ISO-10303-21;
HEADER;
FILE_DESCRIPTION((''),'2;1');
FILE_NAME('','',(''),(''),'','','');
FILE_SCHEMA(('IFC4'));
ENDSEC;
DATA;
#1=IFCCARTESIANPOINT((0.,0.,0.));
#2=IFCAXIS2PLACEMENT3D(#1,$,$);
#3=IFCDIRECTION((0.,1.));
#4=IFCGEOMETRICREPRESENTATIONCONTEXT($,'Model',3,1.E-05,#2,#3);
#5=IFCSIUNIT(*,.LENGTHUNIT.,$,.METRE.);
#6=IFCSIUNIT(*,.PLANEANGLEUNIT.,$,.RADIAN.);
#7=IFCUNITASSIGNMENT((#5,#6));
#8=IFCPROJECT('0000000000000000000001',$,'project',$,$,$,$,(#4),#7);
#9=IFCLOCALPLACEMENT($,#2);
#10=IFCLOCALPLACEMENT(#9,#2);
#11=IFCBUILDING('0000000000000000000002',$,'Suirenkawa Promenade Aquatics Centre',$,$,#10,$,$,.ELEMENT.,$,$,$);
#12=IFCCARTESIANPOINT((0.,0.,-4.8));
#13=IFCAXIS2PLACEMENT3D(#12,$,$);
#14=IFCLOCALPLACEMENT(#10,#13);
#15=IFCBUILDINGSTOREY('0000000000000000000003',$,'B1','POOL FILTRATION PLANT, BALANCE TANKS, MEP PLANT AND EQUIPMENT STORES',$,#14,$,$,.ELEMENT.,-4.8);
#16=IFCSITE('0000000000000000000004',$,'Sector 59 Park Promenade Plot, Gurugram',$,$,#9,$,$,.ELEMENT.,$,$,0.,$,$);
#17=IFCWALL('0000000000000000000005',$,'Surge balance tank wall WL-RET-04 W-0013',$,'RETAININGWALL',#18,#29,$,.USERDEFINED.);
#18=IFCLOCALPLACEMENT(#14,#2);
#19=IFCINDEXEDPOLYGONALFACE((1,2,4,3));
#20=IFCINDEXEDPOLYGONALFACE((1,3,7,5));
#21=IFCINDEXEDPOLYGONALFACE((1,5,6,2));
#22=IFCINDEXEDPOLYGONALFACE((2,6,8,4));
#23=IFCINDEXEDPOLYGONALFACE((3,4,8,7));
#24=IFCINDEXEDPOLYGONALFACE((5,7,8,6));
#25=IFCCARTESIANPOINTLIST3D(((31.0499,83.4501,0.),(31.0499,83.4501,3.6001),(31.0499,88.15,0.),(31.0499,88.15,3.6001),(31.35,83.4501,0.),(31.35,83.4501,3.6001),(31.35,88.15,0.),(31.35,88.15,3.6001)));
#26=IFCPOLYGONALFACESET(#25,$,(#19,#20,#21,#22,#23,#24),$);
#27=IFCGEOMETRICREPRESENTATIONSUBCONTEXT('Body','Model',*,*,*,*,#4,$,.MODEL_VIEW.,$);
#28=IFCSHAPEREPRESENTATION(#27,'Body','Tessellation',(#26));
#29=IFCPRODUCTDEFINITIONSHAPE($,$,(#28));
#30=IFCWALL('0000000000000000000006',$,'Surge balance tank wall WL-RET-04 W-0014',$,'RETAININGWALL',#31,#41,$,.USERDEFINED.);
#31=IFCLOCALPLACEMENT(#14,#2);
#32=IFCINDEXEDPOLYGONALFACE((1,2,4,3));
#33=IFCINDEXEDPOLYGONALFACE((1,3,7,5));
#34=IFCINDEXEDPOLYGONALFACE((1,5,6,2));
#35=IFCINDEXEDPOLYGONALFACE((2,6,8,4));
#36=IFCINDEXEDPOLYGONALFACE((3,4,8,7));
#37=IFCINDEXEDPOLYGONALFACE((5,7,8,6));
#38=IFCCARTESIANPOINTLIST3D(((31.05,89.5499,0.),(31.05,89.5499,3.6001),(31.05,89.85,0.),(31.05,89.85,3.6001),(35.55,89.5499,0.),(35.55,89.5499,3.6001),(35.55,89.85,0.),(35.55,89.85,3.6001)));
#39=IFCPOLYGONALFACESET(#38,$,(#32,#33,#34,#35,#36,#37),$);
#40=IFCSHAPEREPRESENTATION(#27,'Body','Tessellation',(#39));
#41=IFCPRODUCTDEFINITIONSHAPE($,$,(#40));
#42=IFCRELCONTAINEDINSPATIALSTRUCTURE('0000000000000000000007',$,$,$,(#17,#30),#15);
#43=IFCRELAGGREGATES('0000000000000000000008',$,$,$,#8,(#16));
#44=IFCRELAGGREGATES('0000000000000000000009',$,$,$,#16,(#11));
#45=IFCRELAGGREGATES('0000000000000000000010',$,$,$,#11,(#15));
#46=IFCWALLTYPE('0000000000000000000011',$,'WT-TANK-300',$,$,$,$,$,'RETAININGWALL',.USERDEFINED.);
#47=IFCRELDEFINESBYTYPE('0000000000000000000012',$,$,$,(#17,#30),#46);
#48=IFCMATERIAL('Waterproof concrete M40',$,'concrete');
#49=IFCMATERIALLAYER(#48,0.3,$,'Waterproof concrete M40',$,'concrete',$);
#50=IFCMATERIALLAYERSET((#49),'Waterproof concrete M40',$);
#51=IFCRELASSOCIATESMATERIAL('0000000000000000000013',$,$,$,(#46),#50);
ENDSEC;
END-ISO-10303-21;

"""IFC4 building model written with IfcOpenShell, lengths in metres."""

from ifc_helpers import new_model, si_unit, direction, frame, frame_2d, origin, place, context, subcontext, project, spatial, rectangle, extrude, material, layer, layer_set, type_object, element, save


model = new_model("IFC4")

# Units and contexts
model_context = context("Model", 3, precision=1e-05, world=origin(), true_north=direction((0.0, 1.0)))
body_context = subcontext(model_context, "Body", "Model", "MODEL_VIEW")
ifc_project = project(units=[si_unit("LENGTHUNIT", "METRE"), si_unit("PLANEANGLEUNIT", "RADIAN")], contexts=[model_context])

# Site, building, storey
site_placement = place(None, origin())
site = spatial("IfcSite", under=ifc_project, at=site_placement, Name="Sector 59 Park Promenade Plot, Gurugram", CompositionType="ELEMENT", RefElevation=0.0)
building_placement = place(site_placement, origin())
building = spatial("IfcBuilding", under=site, at=building_placement, Name="Suirenkawa Promenade Aquatics Centre", CompositionType="ELEMENT")
storey_placement = place(building_placement, frame((0.0, 0.0, -4.8)))
storey = spatial("IfcBuildingStorey", under=building, at=storey_placement, Name="B1", Description="POOL FILTRATION PLANT, BALANCE TANKS, MEP PLANT AND EQUIPMENT STORES", CompositionType="ELEMENT", Elevation=-4.8)

# Walls
ifc_material_1 = material(Name="Waterproof concrete M40", Category="concrete")
ifc_layer_1 = layer(ifc_material_1, 0.3, Name="Waterproof concrete M40", Category="concrete")
ifc_layer_set_1 = layer_set([ifc_layer_1], Name="Waterproof concrete M40")
wall_type_1 = type_object("IfcWallType", Name="WT-TANK-300", ElementType="RETAININGWALL", PredefinedType="USERDEFINED", material=ifc_layer_set_1)
wall_1_placement = place(storey_placement, frame((31.2, 83.45, 0.0), z_axis=(0.0, 0.0, 1.0), x_axis=(0.0, 1.0, 0.0)))
element("IfcWall", 1, at=wall_1_placement, inside=storey, type_object=wall_type_1, Name="Surge balance tank wall WL-RET-04 W-0013", ObjectType="RETAININGWALL", PredefinedType="USERDEFINED", context=body_context, shape_type="SweptSolid", body=[
    extrude(rectangle(XDim=4.7, YDim=0.3, at=frame_2d((2.3501, 0.0))), origin(), (0.0, 0.0, 1.0), 3.6001),
])
wall_2_placement = place(storey_placement, frame((31.05, 89.7, 0.0), z_axis=(0.0, 0.0, 1.0), x_axis=(1.0, 0.0, 0.0)))
element("IfcWall", 2, at=wall_2_placement, inside=storey, type_object=wall_type_1, Name="Surge balance tank wall WL-RET-04 W-0014", ObjectType="RETAININGWALL", PredefinedType="USERDEFINED", context=body_context, shape_type="SweptSolid", body=[
    extrude(rectangle(XDim=4.5, YDim=0.3, at=frame_2d((2.25, 0.0))), origin(), (0.0, 0.0, 1.0), 3.6001),
])

save(model, "model.ifc")
